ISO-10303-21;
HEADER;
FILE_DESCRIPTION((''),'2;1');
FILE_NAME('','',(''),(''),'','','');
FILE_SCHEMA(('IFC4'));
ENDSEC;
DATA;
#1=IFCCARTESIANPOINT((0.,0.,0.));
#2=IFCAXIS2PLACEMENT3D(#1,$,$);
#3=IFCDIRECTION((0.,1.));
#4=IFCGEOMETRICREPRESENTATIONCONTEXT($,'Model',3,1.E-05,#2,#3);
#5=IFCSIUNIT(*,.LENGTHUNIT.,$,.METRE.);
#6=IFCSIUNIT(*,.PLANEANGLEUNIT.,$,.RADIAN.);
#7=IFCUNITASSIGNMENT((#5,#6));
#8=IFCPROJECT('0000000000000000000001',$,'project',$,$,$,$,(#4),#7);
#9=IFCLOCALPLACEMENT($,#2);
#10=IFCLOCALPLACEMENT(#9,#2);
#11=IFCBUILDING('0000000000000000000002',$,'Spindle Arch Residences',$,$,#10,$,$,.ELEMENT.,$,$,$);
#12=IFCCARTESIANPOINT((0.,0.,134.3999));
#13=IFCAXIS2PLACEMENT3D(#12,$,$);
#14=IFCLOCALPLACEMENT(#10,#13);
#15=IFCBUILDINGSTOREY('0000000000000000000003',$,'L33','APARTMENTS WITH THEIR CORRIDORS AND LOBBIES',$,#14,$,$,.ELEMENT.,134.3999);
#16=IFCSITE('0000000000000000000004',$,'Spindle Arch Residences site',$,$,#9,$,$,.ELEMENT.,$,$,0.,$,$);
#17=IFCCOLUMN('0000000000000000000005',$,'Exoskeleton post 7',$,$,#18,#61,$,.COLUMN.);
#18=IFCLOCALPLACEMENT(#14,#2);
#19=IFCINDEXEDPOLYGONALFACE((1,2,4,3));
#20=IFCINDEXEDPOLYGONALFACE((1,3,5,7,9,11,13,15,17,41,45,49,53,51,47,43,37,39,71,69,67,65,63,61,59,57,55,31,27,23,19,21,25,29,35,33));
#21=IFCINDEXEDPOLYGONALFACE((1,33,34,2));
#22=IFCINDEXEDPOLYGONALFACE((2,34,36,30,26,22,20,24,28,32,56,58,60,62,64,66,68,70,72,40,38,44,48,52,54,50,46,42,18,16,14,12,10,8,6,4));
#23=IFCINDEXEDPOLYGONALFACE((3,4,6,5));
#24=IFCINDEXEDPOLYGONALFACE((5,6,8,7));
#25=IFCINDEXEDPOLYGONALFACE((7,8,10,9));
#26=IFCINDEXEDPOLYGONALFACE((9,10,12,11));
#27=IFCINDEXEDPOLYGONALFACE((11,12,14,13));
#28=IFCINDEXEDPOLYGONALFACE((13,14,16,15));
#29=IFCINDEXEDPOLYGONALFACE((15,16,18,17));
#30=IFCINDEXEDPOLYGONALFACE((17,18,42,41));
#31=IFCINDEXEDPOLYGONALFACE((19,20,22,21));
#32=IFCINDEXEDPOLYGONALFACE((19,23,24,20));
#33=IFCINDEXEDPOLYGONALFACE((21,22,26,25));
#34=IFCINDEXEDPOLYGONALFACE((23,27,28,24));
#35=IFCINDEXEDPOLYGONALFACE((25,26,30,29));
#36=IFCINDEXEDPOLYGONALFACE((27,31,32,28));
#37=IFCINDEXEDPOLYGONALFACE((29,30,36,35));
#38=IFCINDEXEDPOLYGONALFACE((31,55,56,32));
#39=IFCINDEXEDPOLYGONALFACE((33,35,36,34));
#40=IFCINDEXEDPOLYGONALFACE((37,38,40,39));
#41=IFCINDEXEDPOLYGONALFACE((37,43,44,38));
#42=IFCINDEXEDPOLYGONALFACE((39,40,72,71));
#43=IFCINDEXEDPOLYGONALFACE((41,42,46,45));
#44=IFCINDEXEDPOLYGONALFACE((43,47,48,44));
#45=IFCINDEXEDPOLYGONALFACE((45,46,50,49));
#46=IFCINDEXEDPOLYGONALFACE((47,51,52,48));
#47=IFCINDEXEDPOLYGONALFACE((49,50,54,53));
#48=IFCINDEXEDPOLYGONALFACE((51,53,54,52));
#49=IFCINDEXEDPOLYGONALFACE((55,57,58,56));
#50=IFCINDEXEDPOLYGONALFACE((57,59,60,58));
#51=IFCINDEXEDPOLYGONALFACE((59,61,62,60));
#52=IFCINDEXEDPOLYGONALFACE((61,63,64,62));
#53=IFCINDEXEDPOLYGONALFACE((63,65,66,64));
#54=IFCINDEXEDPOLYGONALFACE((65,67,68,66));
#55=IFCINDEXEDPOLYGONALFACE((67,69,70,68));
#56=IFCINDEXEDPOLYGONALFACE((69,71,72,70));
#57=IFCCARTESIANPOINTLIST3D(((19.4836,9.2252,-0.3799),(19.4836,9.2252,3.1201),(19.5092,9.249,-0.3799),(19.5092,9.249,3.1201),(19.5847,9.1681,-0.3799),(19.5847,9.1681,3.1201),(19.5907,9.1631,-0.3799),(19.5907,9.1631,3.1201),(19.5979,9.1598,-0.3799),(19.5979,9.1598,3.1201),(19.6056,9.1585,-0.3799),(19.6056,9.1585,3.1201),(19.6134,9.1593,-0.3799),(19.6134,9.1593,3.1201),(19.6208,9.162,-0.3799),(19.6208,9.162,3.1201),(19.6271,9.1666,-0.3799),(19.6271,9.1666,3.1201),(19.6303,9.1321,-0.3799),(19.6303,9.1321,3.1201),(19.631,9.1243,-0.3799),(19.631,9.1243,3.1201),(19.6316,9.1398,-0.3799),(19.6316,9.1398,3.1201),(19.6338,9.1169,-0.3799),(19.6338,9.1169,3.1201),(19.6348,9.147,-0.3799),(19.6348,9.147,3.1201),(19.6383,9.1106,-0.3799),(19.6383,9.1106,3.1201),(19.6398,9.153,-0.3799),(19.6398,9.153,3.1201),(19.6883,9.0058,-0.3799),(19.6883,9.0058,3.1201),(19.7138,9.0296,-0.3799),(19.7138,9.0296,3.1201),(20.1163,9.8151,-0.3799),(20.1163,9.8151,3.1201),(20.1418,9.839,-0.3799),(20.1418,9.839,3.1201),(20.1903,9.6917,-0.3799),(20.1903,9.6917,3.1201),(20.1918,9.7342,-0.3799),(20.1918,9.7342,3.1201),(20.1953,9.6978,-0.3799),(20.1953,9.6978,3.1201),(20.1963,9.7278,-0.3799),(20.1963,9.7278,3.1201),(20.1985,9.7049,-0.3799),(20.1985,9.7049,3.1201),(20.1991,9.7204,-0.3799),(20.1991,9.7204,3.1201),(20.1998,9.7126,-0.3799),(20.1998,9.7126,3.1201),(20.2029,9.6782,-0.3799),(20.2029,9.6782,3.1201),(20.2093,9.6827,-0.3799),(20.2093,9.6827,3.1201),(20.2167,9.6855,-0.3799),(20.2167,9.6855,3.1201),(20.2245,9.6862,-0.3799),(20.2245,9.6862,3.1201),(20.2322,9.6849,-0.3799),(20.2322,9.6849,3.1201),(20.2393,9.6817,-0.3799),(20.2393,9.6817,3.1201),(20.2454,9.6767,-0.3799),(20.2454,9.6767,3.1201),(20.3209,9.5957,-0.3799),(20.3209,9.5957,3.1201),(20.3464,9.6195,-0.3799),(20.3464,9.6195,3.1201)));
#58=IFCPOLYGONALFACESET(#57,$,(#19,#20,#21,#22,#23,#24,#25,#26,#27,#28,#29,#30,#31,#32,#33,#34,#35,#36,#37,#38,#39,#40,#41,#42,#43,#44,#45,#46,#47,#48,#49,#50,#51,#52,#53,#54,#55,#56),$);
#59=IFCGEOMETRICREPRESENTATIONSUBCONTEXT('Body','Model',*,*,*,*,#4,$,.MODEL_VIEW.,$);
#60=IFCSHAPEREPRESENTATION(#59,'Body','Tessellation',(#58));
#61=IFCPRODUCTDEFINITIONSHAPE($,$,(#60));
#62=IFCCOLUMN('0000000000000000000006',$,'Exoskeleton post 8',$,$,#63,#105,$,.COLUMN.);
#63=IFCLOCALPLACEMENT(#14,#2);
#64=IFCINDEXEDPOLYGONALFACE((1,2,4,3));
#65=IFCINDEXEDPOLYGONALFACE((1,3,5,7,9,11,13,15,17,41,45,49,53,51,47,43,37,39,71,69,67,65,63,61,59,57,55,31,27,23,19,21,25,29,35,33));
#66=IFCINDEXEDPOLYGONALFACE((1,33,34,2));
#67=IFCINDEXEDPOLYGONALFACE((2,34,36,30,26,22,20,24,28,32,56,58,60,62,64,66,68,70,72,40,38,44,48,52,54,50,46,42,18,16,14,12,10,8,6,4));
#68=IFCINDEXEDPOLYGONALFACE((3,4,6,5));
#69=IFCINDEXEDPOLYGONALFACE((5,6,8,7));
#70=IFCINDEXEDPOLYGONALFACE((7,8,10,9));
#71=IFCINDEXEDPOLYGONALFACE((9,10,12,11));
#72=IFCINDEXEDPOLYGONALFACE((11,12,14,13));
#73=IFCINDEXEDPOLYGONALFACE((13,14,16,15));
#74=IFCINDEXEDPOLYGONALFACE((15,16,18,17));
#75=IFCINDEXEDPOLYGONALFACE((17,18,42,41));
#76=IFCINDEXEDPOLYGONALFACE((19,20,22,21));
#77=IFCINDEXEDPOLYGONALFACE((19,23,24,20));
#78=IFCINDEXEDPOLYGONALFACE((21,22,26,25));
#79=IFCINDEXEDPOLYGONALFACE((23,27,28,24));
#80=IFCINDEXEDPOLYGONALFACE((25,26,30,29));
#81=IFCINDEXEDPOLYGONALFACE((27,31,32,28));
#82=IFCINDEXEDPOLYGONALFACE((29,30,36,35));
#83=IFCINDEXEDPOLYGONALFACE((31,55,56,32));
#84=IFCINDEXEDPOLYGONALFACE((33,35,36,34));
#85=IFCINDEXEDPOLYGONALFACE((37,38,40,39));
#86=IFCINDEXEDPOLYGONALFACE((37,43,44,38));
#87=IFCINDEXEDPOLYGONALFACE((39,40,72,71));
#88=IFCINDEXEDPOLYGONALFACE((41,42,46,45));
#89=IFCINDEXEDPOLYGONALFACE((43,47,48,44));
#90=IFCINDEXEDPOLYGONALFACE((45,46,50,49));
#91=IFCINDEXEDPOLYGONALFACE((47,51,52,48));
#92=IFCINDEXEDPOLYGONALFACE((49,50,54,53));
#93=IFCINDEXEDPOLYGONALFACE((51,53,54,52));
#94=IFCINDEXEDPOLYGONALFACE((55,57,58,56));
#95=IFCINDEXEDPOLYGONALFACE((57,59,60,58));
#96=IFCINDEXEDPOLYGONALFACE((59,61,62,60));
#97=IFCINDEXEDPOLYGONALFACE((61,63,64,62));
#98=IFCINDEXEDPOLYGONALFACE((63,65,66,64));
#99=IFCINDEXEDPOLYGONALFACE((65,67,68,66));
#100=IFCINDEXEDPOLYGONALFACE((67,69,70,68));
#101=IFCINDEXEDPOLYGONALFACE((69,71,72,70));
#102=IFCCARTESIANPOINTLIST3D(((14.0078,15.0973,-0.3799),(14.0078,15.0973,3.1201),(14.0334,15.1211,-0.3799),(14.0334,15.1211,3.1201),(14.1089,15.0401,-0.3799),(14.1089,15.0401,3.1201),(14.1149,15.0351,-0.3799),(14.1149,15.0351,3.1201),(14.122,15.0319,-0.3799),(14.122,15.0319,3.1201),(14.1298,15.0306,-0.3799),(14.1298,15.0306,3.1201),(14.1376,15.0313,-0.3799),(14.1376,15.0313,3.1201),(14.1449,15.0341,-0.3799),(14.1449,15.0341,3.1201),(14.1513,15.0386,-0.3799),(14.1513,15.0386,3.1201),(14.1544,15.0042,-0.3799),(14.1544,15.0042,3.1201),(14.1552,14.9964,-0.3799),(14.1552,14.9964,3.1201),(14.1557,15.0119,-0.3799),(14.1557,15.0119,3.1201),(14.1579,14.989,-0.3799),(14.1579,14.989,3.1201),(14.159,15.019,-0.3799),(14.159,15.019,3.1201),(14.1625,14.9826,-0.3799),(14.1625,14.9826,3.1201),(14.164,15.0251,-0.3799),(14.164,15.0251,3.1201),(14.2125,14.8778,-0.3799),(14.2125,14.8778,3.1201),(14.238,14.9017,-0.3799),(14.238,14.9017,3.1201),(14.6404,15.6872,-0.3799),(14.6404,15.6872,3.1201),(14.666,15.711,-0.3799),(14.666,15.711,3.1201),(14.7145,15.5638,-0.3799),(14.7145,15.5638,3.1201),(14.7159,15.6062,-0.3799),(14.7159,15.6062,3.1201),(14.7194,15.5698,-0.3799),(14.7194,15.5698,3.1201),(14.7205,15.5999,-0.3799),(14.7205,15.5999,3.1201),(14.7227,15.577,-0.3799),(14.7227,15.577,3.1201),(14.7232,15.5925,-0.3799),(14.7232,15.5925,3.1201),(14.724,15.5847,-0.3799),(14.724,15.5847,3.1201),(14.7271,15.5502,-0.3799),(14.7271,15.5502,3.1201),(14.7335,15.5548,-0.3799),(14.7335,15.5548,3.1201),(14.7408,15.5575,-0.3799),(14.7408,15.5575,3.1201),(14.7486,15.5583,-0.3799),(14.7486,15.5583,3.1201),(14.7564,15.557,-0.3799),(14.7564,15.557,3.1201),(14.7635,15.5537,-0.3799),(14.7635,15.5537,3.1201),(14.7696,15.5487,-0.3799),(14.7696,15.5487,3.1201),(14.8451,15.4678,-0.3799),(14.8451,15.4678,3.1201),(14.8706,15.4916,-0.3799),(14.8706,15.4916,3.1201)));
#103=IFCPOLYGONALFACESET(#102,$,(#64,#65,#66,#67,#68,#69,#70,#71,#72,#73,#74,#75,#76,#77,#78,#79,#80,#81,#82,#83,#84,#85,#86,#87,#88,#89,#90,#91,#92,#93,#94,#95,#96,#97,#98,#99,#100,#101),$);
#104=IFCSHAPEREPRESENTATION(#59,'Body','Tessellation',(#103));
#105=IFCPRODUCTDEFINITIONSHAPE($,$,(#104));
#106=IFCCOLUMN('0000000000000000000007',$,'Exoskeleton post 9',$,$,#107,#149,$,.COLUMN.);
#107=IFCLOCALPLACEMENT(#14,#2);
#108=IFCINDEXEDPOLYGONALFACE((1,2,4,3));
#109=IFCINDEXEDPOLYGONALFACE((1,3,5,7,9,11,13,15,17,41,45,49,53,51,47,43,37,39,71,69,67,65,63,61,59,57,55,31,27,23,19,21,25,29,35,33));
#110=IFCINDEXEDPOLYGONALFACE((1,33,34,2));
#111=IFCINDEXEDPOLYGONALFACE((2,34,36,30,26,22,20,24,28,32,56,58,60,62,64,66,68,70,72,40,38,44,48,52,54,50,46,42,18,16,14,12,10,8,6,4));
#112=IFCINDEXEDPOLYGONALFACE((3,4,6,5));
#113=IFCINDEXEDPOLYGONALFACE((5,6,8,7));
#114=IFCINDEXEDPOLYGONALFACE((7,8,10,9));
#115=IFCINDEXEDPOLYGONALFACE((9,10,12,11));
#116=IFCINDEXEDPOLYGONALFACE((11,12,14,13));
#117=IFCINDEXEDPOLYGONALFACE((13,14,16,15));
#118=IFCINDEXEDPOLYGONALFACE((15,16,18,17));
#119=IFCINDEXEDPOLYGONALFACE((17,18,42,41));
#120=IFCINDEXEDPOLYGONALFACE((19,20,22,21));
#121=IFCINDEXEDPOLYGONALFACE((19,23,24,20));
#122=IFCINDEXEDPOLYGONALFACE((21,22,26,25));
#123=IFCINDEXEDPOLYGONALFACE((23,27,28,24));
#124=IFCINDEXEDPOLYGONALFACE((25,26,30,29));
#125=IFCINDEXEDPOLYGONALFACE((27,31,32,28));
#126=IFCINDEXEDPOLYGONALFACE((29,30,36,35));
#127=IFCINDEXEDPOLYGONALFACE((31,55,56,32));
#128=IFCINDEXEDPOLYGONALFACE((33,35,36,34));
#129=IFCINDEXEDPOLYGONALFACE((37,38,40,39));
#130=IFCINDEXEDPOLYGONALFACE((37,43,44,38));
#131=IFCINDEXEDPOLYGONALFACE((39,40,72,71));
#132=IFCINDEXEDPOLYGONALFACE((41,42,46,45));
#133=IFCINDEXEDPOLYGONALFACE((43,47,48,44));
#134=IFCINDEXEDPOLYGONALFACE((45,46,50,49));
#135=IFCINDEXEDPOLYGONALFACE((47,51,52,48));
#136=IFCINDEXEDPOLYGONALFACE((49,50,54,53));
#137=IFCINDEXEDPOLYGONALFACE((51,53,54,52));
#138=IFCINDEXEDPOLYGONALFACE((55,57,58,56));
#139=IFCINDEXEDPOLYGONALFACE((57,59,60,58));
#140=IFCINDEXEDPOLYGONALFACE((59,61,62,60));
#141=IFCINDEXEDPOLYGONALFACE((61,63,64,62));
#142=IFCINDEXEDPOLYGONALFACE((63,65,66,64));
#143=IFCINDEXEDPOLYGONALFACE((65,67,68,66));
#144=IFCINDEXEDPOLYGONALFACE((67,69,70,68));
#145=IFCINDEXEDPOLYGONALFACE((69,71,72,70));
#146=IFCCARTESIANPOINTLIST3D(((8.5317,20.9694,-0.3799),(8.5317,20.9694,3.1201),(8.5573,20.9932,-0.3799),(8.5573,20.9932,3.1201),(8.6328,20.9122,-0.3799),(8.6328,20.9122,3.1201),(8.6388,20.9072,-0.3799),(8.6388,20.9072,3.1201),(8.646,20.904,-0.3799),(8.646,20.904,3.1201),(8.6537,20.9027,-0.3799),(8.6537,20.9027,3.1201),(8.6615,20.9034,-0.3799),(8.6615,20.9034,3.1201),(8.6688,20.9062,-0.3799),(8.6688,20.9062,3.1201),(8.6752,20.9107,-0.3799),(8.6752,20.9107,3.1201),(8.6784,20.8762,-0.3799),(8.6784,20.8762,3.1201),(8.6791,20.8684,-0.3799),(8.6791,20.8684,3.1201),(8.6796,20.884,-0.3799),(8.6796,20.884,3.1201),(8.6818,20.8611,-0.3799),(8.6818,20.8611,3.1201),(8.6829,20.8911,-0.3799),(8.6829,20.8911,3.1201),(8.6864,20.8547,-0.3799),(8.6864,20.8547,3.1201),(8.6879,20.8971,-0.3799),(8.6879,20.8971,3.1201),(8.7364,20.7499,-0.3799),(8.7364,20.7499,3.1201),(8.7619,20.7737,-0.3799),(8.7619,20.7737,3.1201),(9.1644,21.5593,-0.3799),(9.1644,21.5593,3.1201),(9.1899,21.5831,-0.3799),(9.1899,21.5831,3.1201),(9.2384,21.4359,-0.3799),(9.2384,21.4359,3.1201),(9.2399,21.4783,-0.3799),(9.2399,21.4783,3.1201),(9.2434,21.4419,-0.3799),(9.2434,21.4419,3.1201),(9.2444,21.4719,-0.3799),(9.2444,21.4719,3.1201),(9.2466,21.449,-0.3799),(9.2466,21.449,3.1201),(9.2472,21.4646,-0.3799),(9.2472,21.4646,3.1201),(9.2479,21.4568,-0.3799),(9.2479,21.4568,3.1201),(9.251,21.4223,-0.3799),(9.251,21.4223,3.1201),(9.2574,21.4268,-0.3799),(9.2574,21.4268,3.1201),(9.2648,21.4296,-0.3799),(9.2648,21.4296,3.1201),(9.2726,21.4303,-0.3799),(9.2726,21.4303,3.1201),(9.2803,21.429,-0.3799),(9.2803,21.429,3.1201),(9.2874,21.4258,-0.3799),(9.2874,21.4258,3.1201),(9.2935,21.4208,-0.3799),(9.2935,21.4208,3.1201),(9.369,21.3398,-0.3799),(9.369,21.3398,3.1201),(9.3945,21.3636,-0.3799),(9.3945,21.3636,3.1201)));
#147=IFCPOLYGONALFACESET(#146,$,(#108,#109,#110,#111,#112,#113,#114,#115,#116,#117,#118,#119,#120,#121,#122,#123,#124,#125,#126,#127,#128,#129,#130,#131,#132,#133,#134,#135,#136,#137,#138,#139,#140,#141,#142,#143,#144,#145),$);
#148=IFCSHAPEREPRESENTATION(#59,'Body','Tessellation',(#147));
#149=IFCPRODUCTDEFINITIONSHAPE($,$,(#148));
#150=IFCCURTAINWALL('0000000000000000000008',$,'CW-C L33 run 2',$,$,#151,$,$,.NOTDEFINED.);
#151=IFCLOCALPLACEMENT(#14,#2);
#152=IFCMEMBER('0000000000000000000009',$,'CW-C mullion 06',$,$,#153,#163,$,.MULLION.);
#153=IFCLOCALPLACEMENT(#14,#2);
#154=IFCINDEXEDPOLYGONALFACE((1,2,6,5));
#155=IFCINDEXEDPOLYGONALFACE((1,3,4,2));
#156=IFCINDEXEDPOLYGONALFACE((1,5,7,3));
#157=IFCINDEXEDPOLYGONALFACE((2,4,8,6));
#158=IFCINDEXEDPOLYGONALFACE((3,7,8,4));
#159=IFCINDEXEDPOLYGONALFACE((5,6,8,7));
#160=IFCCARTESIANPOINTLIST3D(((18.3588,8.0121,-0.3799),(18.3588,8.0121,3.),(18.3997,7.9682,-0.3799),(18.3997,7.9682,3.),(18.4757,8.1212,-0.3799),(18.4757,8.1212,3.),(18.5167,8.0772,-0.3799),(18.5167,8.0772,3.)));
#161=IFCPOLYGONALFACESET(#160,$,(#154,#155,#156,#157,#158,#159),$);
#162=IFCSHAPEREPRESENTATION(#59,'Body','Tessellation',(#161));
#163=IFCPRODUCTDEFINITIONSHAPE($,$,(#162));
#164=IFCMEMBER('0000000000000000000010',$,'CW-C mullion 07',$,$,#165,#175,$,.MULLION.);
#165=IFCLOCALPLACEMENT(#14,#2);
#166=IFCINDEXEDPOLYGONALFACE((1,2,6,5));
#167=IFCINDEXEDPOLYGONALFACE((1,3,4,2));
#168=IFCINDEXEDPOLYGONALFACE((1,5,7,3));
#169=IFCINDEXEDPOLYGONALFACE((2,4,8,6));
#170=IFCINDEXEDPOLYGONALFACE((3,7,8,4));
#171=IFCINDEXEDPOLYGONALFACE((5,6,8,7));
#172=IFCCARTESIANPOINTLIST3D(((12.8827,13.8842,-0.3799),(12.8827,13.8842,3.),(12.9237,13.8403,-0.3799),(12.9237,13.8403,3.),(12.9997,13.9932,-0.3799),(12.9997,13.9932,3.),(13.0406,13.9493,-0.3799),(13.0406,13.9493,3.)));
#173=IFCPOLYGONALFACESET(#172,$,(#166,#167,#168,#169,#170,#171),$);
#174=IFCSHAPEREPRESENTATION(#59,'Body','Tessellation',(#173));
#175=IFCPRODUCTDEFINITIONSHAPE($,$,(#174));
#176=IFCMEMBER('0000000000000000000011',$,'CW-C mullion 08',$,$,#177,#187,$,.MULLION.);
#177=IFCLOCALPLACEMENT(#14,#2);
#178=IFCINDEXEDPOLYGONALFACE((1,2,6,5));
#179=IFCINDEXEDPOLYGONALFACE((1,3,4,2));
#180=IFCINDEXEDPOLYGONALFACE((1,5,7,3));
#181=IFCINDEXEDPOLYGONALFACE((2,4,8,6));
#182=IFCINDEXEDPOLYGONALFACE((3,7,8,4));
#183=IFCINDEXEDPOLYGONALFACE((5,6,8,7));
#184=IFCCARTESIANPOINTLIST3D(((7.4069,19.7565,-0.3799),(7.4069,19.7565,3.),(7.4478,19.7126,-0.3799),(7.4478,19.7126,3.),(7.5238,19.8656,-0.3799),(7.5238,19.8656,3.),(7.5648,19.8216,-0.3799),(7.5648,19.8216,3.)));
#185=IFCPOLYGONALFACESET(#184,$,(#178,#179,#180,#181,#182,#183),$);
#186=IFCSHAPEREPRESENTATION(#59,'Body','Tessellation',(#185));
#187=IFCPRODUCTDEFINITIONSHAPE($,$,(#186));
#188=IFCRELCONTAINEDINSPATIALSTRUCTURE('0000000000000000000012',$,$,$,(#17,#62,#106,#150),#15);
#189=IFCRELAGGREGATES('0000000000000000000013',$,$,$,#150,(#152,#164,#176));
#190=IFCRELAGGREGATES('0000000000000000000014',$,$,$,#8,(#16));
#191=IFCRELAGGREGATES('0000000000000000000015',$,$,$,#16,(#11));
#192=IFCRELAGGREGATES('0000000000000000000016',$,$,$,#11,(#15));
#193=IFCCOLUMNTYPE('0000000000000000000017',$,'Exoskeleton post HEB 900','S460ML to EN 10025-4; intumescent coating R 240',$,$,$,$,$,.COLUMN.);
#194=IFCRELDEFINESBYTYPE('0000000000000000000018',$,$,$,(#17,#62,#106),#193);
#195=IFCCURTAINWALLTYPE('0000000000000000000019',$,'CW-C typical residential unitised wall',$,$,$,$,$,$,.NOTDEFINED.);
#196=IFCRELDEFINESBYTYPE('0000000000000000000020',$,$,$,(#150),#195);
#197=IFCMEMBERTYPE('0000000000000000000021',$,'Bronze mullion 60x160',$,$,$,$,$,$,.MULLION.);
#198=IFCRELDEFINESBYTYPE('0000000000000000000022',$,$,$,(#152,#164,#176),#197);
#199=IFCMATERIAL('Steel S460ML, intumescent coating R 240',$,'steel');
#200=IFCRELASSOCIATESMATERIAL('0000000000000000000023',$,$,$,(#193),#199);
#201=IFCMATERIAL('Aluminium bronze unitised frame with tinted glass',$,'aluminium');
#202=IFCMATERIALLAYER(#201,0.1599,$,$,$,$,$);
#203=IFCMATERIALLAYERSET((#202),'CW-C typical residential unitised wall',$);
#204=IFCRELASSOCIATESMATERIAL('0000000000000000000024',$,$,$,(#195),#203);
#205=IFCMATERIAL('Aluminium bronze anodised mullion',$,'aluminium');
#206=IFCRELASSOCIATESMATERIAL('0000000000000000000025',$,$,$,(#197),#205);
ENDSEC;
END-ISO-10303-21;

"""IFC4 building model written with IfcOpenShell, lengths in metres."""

from ifc_helpers import new_model, si_unit, direction, frame, origin, origin_2d, place, context, subcontext, project, spatial, rectangle, i_section, extrude, material, layer, layer_set, material_profile, profile_set, type_object, element, aggregate, save


model = new_model("IFC4")

# Units and contexts
model_context = context("Model", 3, precision=1e-05, world=origin(), true_north=direction((0.0, 1.0)))
body_context = subcontext(model_context, "Body", "Model", "MODEL_VIEW")
ifc_project = project(units=[si_unit("LENGTHUNIT", "METRE"), si_unit("PLANEANGLEUNIT", "RADIAN")], contexts=[model_context])

# Site, building, storey
site_placement = place(None, origin())
site = spatial("IfcSite", under=ifc_project, at=site_placement, Name="Spindle Arch Residences site", CompositionType="ELEMENT", RefElevation=0.0)
building_placement = place(site_placement, origin())
building = spatial("IfcBuilding", under=site, at=building_placement, Name="Spindle Arch Residences", CompositionType="ELEMENT")
storey_placement = place(building_placement, frame((0.0, 0.0, 134.3999)))
storey = spatial("IfcBuildingStorey", under=building, at=storey_placement, Name="L33", Description="APARTMENTS WITH THEIR CORRIDORS AND LOBBIES", CompositionType="ELEMENT", Elevation=134.3999)

# Columns
ifc_material_1 = material(Name="Steel S460ML, intumescent coating R 240", Category="steel")
ifc_material_profile_1 = material_profile(ifc_material_1, i_section(OverallWidth=0.3, OverallDepth=0.8999, WebThickness=0.0186, FlangeThickness=0.0349, FilletRadius=0.03, at=origin_2d()), Name="HEB 900")
ifc_profile_set_1 = profile_set([ifc_material_profile_1], Name="Steel S460ML, intumescent coating R 240")
column_type = type_object("IfcColumnType", Name="Exoskeleton post HEB 900", Description="S460ML to EN 10025-4; intumescent coating R 240", PredefinedType="COLUMN", material=ifc_profile_set_1)
for number, where, z_axis, x_axis, name in (
    (1, (19.915, 9.4224, -0.3799), (0.0, 0.0, 1.0), (0.681998, -0.731354, 0.0), "Exoskeleton post 7"),
    (2, (14.4392, 15.2944, -0.3799), (0.0, 0.0, 1.0), (0.681998, -0.731354, 0.0), "Exoskeleton post 8"),
    (3, (8.9631, 21.1665, -0.3799), (0.0, 0.0, 1.0), (0.681998, -0.731354, 0.0), "Exoskeleton post 9"),
):
    element("IfcColumn", number, at=place(storey_placement, frame(where, z_axis=z_axis, x_axis=x_axis)), inside=storey, type_object=column_type, Name=name, PredefinedType="COLUMN", context=body_context, shape_type="SweptSolid", body=[
        extrude(i_section(OverallWidth=0.3, OverallDepth=0.8999, WebThickness=0.0186, FlangeThickness=0.0349, FilletRadius=0.03, at=origin_2d()), origin(), (0.0, 0.0, 1.0), 3.5),
    ])

# Curtain wall, members
ifc_material_2 = material(Name="Aluminium bronze unitised frame with tinted glass", Category="aluminium")
ifc_layer_1 = layer(ifc_material_2, 0.1599)
ifc_layer_set_1 = layer_set([ifc_layer_1], Name="CW-C typical residential unitised wall")
curtain_wall_type = type_object("IfcCurtainWallType", Name="CW-C typical residential unitised wall", PredefinedType="NOTDEFINED", material=ifc_layer_set_1)
curtain_wall_placement = place(storey_placement, origin())
curtain_wall = element("IfcCurtainWall", 4, at=curtain_wall_placement, inside=storey, type_object=curtain_wall_type, Name="CW-C L33 run 2", PredefinedType="NOTDEFINED")
ifc_material_3 = material(Name="Aluminium bronze anodised mullion", Category="aluminium")
ifc_material_profile_2 = material_profile(ifc_material_3, rectangle(XDim=0.1599, YDim=0.0601, at=origin_2d()), Name="MU 60x160")
ifc_profile_set_2 = profile_set([ifc_material_profile_2], Name="Aluminium bronze anodised mullion")
member_type = type_object("IfcMemberType", Name="Bronze mullion 60x160", PredefinedType="MULLION", material=ifc_profile_set_2)
member_1_placement = place(storey_placement, frame((18.4377, 8.0447, -0.3799), z_axis=(0.0, 0.0, 1.0), x_axis=(-0.731354, -0.681998, 0.0)))
member_1 = element("IfcMember", 5, at=member_1_placement, type_object=member_type, Name="CW-C mullion 06", PredefinedType="MULLION", context=body_context, shape_type="SweptSolid", body=[
    extrude(rectangle(XDim=0.1599, YDim=0.0601, at=origin_2d()), origin(), (0.0, 0.0, 1.0), 3.3799),
])
member_2_placement = place(storey_placement, frame((12.9617, 13.9167, -0.3799), z_axis=(0.0, 0.0, 1.0), x_axis=(-0.731354, -0.681998, 0.0)))
member_2 = element("IfcMember", 6, at=member_2_placement, type_object=member_type, Name="CW-C mullion 07", PredefinedType="MULLION", context=body_context, shape_type="SweptSolid", body=[
    extrude(rectangle(XDim=0.1599, YDim=0.0601, at=origin_2d()), origin(), (0.0, 0.0, 1.0), 3.3799),
])
member_3_placement = place(storey_placement, frame((7.4858, 19.7891, -0.3799), z_axis=(0.0, 0.0, 1.0), x_axis=(-0.731354, -0.681998, 0.0)))
member_3 = element("IfcMember", 7, at=member_3_placement, type_object=member_type, Name="CW-C mullion 08", PredefinedType="MULLION", context=body_context, shape_type="SweptSolid", body=[
    extrude(rectangle(XDim=0.1599, YDim=0.0601, at=origin_2d()), origin(), (0.0, 0.0, 1.0), 3.3799),
])

aggregate(curtain_wall, [member_1, member_2, member_3])

save(model, "model.ifc")
